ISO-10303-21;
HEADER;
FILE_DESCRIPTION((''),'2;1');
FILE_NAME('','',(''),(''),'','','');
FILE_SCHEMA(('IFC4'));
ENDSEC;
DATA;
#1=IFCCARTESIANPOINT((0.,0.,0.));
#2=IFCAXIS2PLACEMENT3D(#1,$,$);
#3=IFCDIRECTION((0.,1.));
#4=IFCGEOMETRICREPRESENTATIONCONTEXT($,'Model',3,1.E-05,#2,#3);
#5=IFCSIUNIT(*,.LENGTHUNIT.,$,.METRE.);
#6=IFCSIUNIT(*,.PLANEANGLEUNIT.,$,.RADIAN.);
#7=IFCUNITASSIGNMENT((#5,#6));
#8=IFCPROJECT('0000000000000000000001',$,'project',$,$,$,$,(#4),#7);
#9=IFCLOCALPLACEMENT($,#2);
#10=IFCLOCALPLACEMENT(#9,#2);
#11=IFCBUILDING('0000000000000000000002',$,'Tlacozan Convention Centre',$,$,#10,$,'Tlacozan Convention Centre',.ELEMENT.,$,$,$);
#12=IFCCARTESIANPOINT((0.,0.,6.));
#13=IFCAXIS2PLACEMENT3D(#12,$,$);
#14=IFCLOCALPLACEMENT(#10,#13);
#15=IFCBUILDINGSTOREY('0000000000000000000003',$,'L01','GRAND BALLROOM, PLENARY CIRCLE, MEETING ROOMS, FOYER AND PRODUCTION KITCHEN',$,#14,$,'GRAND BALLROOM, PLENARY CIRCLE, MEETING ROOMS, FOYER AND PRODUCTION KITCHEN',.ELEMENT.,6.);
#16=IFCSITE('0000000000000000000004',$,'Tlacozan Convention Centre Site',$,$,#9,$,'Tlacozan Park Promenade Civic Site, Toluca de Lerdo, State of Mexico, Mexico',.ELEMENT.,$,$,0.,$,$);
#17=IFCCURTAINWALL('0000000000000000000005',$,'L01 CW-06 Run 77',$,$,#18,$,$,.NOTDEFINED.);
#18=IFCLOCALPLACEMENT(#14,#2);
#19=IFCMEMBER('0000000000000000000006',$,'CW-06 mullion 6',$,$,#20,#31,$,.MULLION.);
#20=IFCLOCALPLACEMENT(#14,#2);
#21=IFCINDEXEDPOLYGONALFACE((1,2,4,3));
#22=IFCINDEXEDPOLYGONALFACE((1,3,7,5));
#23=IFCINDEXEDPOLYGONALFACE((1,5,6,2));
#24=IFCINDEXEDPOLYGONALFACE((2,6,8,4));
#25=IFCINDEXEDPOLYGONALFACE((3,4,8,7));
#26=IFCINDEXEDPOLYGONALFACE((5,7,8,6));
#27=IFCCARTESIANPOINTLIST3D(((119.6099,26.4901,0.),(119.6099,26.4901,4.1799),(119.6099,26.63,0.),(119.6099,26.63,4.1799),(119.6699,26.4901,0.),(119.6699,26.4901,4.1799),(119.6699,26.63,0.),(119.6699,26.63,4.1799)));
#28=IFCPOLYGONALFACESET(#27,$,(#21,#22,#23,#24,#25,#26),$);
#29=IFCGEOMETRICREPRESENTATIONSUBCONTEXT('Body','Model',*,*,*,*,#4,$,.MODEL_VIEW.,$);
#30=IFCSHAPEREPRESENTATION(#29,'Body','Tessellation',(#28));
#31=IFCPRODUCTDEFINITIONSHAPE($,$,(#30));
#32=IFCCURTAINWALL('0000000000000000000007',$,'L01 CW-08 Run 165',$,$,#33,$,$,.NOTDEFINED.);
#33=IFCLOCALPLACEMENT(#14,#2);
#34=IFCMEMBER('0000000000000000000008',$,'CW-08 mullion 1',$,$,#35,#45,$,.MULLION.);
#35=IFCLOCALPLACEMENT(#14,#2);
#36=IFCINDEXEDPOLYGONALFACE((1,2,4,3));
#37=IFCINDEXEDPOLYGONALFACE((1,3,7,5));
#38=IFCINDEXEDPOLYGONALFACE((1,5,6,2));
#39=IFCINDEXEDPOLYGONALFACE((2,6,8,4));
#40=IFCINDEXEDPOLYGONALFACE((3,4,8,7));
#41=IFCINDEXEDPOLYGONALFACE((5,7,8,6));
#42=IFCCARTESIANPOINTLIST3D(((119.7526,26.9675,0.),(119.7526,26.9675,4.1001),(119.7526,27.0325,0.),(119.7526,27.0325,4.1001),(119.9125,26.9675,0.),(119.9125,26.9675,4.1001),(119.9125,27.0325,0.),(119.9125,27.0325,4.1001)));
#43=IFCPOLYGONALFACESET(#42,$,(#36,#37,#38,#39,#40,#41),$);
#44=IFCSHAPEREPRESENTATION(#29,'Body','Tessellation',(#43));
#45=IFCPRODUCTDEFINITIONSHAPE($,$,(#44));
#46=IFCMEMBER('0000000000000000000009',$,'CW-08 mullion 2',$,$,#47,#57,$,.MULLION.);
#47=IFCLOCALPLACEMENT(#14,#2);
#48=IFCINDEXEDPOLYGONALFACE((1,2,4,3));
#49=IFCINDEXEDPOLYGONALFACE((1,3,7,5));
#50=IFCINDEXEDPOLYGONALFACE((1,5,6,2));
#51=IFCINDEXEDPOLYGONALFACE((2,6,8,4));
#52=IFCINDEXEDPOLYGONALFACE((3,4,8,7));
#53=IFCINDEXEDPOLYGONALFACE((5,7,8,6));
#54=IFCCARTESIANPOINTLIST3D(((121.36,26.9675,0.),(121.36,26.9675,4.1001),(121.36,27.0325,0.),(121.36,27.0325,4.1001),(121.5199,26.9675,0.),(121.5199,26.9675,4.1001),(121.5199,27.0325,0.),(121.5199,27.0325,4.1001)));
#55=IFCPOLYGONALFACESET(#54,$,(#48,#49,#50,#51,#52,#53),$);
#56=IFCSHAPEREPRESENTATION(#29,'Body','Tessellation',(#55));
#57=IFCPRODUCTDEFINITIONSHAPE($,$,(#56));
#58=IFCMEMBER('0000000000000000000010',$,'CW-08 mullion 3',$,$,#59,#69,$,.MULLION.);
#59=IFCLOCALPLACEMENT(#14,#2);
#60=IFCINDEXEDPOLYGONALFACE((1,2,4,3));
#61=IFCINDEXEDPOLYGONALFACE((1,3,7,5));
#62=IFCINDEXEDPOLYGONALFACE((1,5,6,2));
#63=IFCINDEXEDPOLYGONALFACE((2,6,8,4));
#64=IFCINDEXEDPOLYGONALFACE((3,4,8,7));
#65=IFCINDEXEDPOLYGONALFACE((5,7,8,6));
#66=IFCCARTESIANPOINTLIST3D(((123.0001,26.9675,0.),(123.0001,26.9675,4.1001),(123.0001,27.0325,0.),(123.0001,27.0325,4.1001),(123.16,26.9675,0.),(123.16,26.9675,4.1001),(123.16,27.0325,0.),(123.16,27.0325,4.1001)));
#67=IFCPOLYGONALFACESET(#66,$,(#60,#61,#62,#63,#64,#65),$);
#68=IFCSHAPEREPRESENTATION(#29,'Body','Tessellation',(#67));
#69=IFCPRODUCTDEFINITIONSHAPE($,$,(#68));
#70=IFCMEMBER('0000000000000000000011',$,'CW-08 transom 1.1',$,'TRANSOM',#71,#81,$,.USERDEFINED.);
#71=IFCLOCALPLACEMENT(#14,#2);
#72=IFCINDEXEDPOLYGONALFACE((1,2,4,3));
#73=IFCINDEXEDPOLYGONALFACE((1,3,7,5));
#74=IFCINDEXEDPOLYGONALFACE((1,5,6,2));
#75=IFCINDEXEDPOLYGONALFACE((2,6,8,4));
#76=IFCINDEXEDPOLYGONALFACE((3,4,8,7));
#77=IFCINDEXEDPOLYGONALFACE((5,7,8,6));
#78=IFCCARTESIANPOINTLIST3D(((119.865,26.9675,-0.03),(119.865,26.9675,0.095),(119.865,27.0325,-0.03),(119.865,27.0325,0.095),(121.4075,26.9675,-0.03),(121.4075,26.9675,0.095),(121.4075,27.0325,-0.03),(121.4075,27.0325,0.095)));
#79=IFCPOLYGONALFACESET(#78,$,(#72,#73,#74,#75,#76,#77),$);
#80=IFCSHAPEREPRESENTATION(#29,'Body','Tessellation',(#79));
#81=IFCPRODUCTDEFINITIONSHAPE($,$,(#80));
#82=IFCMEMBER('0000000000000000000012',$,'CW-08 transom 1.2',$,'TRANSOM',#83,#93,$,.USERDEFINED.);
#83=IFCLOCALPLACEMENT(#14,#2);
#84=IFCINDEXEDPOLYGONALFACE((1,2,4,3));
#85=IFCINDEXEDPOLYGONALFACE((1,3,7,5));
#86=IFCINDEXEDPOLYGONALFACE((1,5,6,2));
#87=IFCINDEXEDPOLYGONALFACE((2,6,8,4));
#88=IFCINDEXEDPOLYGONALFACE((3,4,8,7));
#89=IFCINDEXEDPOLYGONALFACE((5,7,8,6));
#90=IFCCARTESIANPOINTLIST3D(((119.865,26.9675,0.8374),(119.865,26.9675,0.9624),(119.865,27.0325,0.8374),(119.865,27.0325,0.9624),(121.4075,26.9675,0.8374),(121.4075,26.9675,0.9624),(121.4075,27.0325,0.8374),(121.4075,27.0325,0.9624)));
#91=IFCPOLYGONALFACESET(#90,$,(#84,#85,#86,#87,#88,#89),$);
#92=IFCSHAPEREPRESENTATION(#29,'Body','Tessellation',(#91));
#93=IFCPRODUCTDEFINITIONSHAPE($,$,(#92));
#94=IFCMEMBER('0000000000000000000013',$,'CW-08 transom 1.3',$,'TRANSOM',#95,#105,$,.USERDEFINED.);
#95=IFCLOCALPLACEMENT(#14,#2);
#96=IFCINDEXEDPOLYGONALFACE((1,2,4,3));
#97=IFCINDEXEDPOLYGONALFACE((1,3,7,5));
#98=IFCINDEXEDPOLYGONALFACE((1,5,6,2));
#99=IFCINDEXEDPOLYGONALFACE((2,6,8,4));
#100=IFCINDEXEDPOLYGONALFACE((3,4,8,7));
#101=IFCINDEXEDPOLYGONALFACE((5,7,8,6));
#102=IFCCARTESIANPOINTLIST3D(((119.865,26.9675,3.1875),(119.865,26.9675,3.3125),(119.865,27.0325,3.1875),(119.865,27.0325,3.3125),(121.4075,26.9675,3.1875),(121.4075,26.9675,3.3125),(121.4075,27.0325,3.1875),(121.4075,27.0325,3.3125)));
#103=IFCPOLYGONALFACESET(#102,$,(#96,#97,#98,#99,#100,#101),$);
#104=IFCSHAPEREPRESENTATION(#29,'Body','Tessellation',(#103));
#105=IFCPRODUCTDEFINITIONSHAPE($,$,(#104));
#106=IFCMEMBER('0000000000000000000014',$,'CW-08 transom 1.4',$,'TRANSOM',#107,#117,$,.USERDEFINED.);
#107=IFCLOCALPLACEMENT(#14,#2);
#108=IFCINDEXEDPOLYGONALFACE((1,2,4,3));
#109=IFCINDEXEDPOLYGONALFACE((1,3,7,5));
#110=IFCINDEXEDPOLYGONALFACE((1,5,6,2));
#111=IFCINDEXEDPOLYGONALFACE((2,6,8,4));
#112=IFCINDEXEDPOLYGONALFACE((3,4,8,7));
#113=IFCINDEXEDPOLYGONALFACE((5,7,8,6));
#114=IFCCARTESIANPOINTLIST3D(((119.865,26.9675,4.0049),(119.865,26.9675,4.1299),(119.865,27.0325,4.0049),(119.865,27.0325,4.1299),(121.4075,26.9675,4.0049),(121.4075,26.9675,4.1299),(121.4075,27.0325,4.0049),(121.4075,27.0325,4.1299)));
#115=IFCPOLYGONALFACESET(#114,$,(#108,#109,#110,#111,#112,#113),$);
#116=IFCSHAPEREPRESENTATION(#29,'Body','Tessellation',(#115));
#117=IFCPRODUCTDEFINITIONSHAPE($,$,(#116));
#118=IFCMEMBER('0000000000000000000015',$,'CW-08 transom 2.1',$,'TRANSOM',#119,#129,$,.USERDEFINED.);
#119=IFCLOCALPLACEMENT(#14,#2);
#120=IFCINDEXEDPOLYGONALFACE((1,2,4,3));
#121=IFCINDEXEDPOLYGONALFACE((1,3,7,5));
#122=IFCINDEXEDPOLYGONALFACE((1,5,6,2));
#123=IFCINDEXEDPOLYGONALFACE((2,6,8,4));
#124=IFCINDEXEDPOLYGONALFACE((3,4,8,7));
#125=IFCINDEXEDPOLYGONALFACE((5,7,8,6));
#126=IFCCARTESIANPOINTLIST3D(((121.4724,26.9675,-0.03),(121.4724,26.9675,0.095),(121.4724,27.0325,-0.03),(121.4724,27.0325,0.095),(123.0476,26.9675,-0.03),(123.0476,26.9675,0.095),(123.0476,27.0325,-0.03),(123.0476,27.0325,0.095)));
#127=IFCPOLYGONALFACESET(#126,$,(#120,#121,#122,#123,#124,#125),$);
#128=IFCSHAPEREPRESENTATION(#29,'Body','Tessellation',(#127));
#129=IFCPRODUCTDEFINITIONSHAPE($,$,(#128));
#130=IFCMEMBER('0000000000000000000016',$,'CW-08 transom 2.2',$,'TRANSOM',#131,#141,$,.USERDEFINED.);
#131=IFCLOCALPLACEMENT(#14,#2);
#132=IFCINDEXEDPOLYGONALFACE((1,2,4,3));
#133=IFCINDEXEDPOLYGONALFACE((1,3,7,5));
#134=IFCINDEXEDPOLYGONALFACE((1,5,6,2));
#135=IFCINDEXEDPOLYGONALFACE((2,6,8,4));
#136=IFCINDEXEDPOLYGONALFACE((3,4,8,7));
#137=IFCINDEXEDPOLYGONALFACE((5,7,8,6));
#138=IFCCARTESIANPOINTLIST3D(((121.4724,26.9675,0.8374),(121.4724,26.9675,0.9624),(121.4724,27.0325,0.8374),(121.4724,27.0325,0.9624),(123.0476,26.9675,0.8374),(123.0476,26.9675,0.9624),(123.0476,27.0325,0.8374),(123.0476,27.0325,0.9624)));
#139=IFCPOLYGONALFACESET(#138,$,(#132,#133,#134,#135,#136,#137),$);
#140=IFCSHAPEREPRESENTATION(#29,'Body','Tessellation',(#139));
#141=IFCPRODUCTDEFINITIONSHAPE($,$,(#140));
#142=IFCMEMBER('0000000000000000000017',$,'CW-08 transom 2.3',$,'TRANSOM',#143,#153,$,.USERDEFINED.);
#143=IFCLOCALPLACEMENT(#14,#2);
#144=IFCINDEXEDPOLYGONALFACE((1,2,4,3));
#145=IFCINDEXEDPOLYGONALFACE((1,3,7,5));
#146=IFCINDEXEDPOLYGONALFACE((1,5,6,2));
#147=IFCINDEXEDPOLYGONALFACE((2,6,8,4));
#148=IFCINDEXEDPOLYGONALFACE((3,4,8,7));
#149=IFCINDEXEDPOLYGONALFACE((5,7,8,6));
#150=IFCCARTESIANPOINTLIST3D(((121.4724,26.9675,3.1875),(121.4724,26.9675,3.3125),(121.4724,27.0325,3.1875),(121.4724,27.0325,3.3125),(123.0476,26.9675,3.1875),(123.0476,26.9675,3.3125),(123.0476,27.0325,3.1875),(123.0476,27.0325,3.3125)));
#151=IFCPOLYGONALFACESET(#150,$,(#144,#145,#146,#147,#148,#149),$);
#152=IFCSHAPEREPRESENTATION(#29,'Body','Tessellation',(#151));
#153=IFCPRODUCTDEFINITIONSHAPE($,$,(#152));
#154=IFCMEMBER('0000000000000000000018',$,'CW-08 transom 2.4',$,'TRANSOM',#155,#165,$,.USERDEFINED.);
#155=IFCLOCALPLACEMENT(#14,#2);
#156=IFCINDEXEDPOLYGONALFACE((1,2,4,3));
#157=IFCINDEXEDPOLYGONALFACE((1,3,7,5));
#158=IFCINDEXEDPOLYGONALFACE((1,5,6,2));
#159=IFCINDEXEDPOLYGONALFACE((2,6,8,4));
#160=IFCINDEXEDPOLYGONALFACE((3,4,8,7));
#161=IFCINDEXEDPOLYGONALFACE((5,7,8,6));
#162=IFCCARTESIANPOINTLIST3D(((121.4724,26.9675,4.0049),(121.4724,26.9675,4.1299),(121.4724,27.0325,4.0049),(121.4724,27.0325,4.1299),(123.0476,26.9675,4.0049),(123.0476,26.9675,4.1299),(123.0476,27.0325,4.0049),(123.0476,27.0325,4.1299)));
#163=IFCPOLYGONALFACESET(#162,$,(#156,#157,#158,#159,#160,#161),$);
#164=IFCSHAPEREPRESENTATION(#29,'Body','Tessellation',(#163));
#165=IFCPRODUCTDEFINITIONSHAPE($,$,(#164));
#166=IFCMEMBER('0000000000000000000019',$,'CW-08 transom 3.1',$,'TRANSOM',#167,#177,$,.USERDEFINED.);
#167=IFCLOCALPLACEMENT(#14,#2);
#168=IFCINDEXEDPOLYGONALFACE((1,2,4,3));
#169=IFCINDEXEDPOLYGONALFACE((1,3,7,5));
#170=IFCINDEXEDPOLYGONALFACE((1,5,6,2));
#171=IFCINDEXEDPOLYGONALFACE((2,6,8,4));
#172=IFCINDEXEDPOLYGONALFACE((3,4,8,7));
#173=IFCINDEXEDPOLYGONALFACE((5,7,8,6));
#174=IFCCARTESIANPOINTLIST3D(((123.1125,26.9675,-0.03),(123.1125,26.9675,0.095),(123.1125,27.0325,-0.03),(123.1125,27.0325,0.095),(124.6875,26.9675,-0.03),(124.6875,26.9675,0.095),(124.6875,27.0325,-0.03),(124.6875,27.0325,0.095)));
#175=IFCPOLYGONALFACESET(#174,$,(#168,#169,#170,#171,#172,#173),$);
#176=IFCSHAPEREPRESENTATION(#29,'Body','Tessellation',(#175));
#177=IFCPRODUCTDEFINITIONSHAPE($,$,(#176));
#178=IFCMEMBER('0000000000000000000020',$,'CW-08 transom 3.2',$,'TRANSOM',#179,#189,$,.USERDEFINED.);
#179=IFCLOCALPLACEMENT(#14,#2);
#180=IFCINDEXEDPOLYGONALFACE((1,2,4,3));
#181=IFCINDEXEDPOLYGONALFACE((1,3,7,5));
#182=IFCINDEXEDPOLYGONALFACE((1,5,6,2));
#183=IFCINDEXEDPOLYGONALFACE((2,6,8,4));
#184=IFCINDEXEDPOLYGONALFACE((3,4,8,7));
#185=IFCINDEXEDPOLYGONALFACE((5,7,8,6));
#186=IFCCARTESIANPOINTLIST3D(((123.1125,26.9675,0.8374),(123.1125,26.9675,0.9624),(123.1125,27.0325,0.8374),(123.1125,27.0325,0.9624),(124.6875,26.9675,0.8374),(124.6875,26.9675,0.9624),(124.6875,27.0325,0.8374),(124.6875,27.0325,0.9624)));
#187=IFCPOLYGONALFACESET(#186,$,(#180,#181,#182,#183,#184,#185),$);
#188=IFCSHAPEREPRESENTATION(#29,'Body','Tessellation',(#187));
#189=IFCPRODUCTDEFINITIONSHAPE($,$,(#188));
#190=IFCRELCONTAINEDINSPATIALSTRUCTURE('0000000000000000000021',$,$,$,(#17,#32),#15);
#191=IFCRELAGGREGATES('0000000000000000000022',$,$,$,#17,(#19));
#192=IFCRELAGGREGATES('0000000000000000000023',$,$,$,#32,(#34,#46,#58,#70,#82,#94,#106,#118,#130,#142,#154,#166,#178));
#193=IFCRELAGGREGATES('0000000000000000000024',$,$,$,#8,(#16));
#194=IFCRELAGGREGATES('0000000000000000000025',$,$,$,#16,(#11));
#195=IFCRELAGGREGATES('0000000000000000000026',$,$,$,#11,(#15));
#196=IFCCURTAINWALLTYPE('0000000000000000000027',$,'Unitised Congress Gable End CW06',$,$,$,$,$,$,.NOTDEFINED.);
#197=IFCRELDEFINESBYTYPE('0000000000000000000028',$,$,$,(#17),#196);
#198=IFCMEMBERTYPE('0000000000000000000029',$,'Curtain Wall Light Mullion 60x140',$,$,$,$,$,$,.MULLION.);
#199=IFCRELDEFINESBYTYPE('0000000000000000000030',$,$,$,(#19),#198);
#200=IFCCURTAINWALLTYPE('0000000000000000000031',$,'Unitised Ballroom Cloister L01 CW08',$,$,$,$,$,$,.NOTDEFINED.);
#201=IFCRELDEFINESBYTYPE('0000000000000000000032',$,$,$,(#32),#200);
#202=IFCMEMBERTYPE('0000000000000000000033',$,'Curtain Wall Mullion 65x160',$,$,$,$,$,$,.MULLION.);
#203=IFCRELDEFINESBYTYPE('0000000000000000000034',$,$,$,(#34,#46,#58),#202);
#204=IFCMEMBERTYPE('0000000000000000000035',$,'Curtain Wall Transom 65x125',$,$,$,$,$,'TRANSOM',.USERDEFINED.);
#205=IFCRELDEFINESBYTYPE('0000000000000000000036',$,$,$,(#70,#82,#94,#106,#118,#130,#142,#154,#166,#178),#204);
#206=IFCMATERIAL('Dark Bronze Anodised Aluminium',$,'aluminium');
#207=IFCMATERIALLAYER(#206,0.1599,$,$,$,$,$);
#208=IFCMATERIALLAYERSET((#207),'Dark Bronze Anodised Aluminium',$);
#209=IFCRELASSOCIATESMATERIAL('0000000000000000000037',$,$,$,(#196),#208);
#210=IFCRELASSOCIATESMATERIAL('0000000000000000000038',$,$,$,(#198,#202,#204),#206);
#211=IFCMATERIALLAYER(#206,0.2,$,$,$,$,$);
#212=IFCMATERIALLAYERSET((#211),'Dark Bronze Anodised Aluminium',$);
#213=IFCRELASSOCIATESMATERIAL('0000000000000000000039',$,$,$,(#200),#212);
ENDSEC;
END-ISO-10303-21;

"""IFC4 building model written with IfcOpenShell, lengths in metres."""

from ifc_helpers import new_model, si_unit, direction, frame, origin, origin_2d, place, context, subcontext, project, spatial, rectangle, extrude, material, layer, layer_set, material_profile, profile_set, type_object, element, aggregate, save


model = new_model("IFC4")

# Units and contexts
model_context = context("Model", 3, precision=1e-05, world=origin(), true_north=direction((0.0, 1.0)))
body_context = subcontext(model_context, "Body", "Model", "MODEL_VIEW")
ifc_project = project(units=[si_unit("LENGTHUNIT", "METRE"), si_unit("PLANEANGLEUNIT", "RADIAN")], contexts=[model_context])

# Site, building, storey
site_placement = place(None, origin())
site = spatial("IfcSite", under=ifc_project, at=site_placement, Name="Tlacozan Convention Centre Site", LongName="Tlacozan Park Promenade Civic Site, Toluca de Lerdo, State of Mexico, Mexico", CompositionType="ELEMENT", RefElevation=0.0)
building_placement = place(site_placement, origin())
building = spatial("IfcBuilding", under=site, at=building_placement, Name="Tlacozan Convention Centre", LongName="Tlacozan Convention Centre", CompositionType="ELEMENT")
storey_placement = place(building_placement, frame((0.0, 0.0, 6.0)))
storey = spatial("IfcBuildingStorey", under=building, at=storey_placement, Name="L01", Description="GRAND BALLROOM, PLENARY CIRCLE, MEETING ROOMS, FOYER AND PRODUCTION KITCHEN", LongName="GRAND BALLROOM, PLENARY CIRCLE, MEETING ROOMS, FOYER AND PRODUCTION KITCHEN", CompositionType="ELEMENT", Elevation=6.0)

# Curtain wall, member
ifc_material_1 = material(Name="Dark Bronze Anodised Aluminium", Category="aluminium")
ifc_layer_1 = layer(ifc_material_1, 0.1599)
ifc_layer_set_1 = layer_set([ifc_layer_1], Name="Dark Bronze Anodised Aluminium")
curtain_wall_type_1 = type_object("IfcCurtainWallType", Name="Unitised Congress Gable End CW06", PredefinedType="NOTDEFINED", material=ifc_layer_set_1)
curtain_wall_1_placement = place(storey_placement, origin())
curtain_wall_1 = element("IfcCurtainWall", 1, at=curtain_wall_1_placement, inside=storey, type_object=curtain_wall_type_1, Name="L01 CW-06 Run 77", PredefinedType="NOTDEFINED")
ifc_material_profile_1 = material_profile(ifc_material_1, rectangle(XDim=0.0601, YDim=0.1399, at=origin_2d()), Name="ALU 60x140")
ifc_profile_set_1 = profile_set([ifc_material_profile_1], Name="Dark Bronze Anodised Aluminium")
member_type_1 = type_object("IfcMemberType", Name="Curtain Wall Light Mullion 60x140", PredefinedType="MULLION", material=ifc_profile_set_1)
member_1_placement = place(storey_placement, frame((119.6399, 26.5601, 0.0), z_axis=(0.0, 0.0, 1.0), x_axis=(-1.0, 0.0, 0.0)))
member_1 = element("IfcMember", 2, at=member_1_placement, type_object=member_type_1, Name="CW-06 mullion 6", PredefinedType="MULLION", context=body_context, shape_type="SweptSolid", body=[
    extrude(rectangle(XDim=0.0601, YDim=0.1399, at=origin_2d()), origin(), (0.0, 0.0, 1.0), 4.1799),
])
aggregate(curtain_wall_1, [member_1])

# Curtain wall, members
ifc_layer_2 = layer(ifc_material_1, 0.2)
ifc_layer_set_2 = layer_set([ifc_layer_2], Name="Dark Bronze Anodised Aluminium")
curtain_wall_type_2 = type_object("IfcCurtainWallType", Name="Unitised Ballroom Cloister L01 CW08", PredefinedType="NOTDEFINED", material=ifc_layer_set_2)
curtain_wall_2_placement = place(storey_placement, origin())
curtain_wall_2 = element("IfcCurtainWall", 3, at=curtain_wall_2_placement, inside=storey, type_object=curtain_wall_type_2, Name="L01 CW-08 Run 165", PredefinedType="NOTDEFINED")
ifc_material_profile_2 = material_profile(ifc_material_1, rectangle(XDim=0.0649, YDim=0.1599, at=origin_2d()), Name="ALU 65x160")
ifc_profile_set_2 = profile_set([ifc_material_profile_2], Name="Dark Bronze Anodised Aluminium")
member_type_2 = type_object("IfcMemberType", Name="Curtain Wall Mullion 65x160", PredefinedType="MULLION", material=ifc_profile_set_2)
member_2_placement = place(storey_placement, frame((119.8325, 27.0, 0.0), z_axis=(0.0, 0.0, 1.0), x_axis=(0.0, 1.0, 0.0)))
member_2 = element("IfcMember", 4, at=member_2_placement, type_object=member_type_2, Name="CW-08 mullion 1", PredefinedType="MULLION", context=body_context, shape_type="SweptSolid", body=[
    extrude(rectangle(XDim=0.0649, YDim=0.1599, at=origin_2d()), origin(), (0.0, 0.0, 1.0), 4.1001),
])
member_3_placement = place(storey_placement, frame((121.4399, 27.0, 0.0), z_axis=(0.0, 0.0, 1.0), x_axis=(0.0, 1.0, 0.0)))
member_3 = element("IfcMember", 5, at=member_3_placement, type_object=member_type_2, Name="CW-08 mullion 2", PredefinedType="MULLION", context=body_context, shape_type="SweptSolid", body=[
    extrude(rectangle(XDim=0.0649, YDim=0.1599, at=origin_2d()), origin(), (0.0, 0.0, 1.0), 4.1001),
])
member_4_placement = place(storey_placement, frame((123.0801, 27.0, 0.0), z_axis=(0.0, 0.0, 1.0), x_axis=(0.0, 1.0, 0.0)))
member_4 = element("IfcMember", 6, at=member_4_placement, type_object=member_type_2, Name="CW-08 mullion 3", PredefinedType="MULLION", context=body_context, shape_type="SweptSolid", body=[
    extrude(rectangle(XDim=0.0649, YDim=0.1599, at=origin_2d()), origin(), (0.0, 0.0, 1.0), 4.1001),
])
ifc_material_profile_3 = material_profile(ifc_material_1, rectangle(XDim=0.0649, YDim=0.125, at=origin_2d()), Name="ALU 65x125")
ifc_profile_set_3 = profile_set([ifc_material_profile_3], Name="Dark Bronze Anodised Aluminium")
member_type_3 = type_object("IfcMemberType", Name="Curtain Wall Transom 65x125", ElementType="TRANSOM", PredefinedType="USERDEFINED", material=ifc_profile_set_3)
member_5_placement = place(storey_placement, frame((119.865, 27.0, 0.0325), z_axis=(1.0, 0.0, 0.0), x_axis=(0.0, 1.0, 0.0)))
member_5 = element("IfcMember", 7, at=member_5_placement, type_object=member_type_3, Name="CW-08 transom 1.1", ObjectType="TRANSOM", PredefinedType="USERDEFINED", context=body_context, shape_type="SweptSolid", body=[
    extrude(rectangle(XDim=0.0649, YDim=0.125, at=origin_2d()), origin(), (0.0, 0.0, 1.0), 1.5425),
])
member_6_placement = place(storey_placement, frame((119.865, 27.0, 0.8999), z_axis=(1.0, 0.0, 0.0), x_axis=(0.0, 1.0, 0.0)))
member_6 = element("IfcMember", 8, at=member_6_placement, type_object=member_type_3, Name="CW-08 transom 1.2", ObjectType="TRANSOM", PredefinedType="USERDEFINED", context=body_context, shape_type="SweptSolid", body=[
    extrude(rectangle(XDim=0.0649, YDim=0.125, at=origin_2d()), origin(), (0.0, 0.0, 1.0), 1.5425),
])
member_7_placement = place(storey_placement, frame((119.865, 27.0, 3.25), z_axis=(1.0, 0.0, 0.0), x_axis=(0.0, 1.0, 0.0)))
member_7 = element("IfcMember", 9, at=member_7_placement, type_object=member_type_3, Name="CW-08 transom 1.3", ObjectType="TRANSOM", PredefinedType="USERDEFINED", context=body_context, shape_type="SweptSolid", body=[
    extrude(rectangle(XDim=0.0649, YDim=0.125, at=origin_2d()), origin(), (0.0, 0.0, 1.0), 1.5425),
])
member_8_placement = place(storey_placement, frame((119.865, 27.0, 4.0674), z_axis=(1.0, 0.0, 0.0), x_axis=(0.0, 1.0, 0.0)))
member_8 = element("IfcMember", 10, at=member_8_placement, type_object=member_type_3, Name="CW-08 transom 1.4", ObjectType="TRANSOM", PredefinedType="USERDEFINED", context=body_context, shape_type="SweptSolid", body=[
    extrude(rectangle(XDim=0.0649, YDim=0.125, at=origin_2d()), origin(), (0.0, 0.0, 1.0), 1.5425),
])
member_9_placement = place(storey_placement, frame((121.4724, 27.0, 0.0325), z_axis=(1.0, 0.0, 0.0), x_axis=(0.0, 1.0, 0.0)))
member_9 = element("IfcMember", 11, at=member_9_placement, type_object=member_type_3, Name="CW-08 transom 2.1", ObjectType="TRANSOM", PredefinedType="USERDEFINED", context=body_context, shape_type="SweptSolid", body=[
    extrude(rectangle(XDim=0.0649, YDim=0.125, at=origin_2d()), origin(), (0.0, 0.0, 1.0), 1.5752),
])
member_10_placement = place(storey_placement, frame((121.4724, 27.0, 0.8999), z_axis=(1.0, 0.0, 0.0), x_axis=(0.0, 1.0, 0.0)))
member_10 = element("IfcMember", 12, at=member_10_placement, type_object=member_type_3, Name="CW-08 transom 2.2", ObjectType="TRANSOM", PredefinedType="USERDEFINED", context=body_context, shape_type="SweptSolid", body=[
    extrude(rectangle(XDim=0.0649, YDim=0.125, at=origin_2d()), origin(), (0.0, 0.0, 1.0), 1.5752),
])
member_11_placement = place(storey_placement, frame((121.4724, 27.0, 3.25), z_axis=(1.0, 0.0, 0.0), x_axis=(0.0, 1.0, 0.0)))
member_11 = element("IfcMember", 13, at=member_11_placement, type_object=member_type_3, Name="CW-08 transom 2.3", ObjectType="TRANSOM", PredefinedType="USERDEFINED", context=body_context, shape_type="SweptSolid", body=[
    extrude(rectangle(XDim=0.0649, YDim=0.125, at=origin_2d()), origin(), (0.0, 0.0, 1.0), 1.5752),
])
member_12_placement = place(storey_placement, frame((121.4724, 27.0, 4.0674), z_axis=(1.0, 0.0, 0.0), x_axis=(0.0, 1.0, 0.0)))
member_12 = element("IfcMember", 14, at=member_12_placement, type_object=member_type_3, Name="CW-08 transom 2.4", ObjectType="TRANSOM", PredefinedType="USERDEFINED", context=body_context, shape_type="SweptSolid", body=[
    extrude(rectangle(XDim=0.0649, YDim=0.125, at=origin_2d()), origin(), (0.0, 0.0, 1.0), 1.5752),
])
member_13_placement = place(storey_placement, frame((123.1125, 27.0, 0.0325), z_axis=(1.0, 0.0, 0.0), x_axis=(0.0, 1.0, 0.0)))
member_13 = element("IfcMember", 15, at=member_13_placement, type_object=member_type_3, Name="CW-08 transom 3.1", ObjectType="TRANSOM", PredefinedType="USERDEFINED", context=body_context, shape_type="SweptSolid", body=[
    extrude(rectangle(XDim=0.0649, YDim=0.125, at=origin_2d()), origin(), (0.0, 0.0, 1.0), 1.575),
])
member_14_placement = place(storey_placement, frame((123.1125, 27.0, 0.8999), z_axis=(1.0, 0.0, 0.0), x_axis=(0.0, 1.0, 0.0)))
member_14 = element("IfcMember", 16, at=member_14_placement, type_object=member_type_3, Name="CW-08 transom 3.2", ObjectType="TRANSOM", PredefinedType="USERDEFINED", context=body_context, shape_type="SweptSolid", body=[
    extrude(rectangle(XDim=0.0649, YDim=0.125, at=origin_2d()), origin(), (0.0, 0.0, 1.0), 1.575),
])
aggregate(curtain_wall_2, [member_2, member_3, member_4, member_5, member_6, member_7, member_8, member_9, member_10, member_11, member_12, member_13, member_14])

save(model, "model.ifc")
